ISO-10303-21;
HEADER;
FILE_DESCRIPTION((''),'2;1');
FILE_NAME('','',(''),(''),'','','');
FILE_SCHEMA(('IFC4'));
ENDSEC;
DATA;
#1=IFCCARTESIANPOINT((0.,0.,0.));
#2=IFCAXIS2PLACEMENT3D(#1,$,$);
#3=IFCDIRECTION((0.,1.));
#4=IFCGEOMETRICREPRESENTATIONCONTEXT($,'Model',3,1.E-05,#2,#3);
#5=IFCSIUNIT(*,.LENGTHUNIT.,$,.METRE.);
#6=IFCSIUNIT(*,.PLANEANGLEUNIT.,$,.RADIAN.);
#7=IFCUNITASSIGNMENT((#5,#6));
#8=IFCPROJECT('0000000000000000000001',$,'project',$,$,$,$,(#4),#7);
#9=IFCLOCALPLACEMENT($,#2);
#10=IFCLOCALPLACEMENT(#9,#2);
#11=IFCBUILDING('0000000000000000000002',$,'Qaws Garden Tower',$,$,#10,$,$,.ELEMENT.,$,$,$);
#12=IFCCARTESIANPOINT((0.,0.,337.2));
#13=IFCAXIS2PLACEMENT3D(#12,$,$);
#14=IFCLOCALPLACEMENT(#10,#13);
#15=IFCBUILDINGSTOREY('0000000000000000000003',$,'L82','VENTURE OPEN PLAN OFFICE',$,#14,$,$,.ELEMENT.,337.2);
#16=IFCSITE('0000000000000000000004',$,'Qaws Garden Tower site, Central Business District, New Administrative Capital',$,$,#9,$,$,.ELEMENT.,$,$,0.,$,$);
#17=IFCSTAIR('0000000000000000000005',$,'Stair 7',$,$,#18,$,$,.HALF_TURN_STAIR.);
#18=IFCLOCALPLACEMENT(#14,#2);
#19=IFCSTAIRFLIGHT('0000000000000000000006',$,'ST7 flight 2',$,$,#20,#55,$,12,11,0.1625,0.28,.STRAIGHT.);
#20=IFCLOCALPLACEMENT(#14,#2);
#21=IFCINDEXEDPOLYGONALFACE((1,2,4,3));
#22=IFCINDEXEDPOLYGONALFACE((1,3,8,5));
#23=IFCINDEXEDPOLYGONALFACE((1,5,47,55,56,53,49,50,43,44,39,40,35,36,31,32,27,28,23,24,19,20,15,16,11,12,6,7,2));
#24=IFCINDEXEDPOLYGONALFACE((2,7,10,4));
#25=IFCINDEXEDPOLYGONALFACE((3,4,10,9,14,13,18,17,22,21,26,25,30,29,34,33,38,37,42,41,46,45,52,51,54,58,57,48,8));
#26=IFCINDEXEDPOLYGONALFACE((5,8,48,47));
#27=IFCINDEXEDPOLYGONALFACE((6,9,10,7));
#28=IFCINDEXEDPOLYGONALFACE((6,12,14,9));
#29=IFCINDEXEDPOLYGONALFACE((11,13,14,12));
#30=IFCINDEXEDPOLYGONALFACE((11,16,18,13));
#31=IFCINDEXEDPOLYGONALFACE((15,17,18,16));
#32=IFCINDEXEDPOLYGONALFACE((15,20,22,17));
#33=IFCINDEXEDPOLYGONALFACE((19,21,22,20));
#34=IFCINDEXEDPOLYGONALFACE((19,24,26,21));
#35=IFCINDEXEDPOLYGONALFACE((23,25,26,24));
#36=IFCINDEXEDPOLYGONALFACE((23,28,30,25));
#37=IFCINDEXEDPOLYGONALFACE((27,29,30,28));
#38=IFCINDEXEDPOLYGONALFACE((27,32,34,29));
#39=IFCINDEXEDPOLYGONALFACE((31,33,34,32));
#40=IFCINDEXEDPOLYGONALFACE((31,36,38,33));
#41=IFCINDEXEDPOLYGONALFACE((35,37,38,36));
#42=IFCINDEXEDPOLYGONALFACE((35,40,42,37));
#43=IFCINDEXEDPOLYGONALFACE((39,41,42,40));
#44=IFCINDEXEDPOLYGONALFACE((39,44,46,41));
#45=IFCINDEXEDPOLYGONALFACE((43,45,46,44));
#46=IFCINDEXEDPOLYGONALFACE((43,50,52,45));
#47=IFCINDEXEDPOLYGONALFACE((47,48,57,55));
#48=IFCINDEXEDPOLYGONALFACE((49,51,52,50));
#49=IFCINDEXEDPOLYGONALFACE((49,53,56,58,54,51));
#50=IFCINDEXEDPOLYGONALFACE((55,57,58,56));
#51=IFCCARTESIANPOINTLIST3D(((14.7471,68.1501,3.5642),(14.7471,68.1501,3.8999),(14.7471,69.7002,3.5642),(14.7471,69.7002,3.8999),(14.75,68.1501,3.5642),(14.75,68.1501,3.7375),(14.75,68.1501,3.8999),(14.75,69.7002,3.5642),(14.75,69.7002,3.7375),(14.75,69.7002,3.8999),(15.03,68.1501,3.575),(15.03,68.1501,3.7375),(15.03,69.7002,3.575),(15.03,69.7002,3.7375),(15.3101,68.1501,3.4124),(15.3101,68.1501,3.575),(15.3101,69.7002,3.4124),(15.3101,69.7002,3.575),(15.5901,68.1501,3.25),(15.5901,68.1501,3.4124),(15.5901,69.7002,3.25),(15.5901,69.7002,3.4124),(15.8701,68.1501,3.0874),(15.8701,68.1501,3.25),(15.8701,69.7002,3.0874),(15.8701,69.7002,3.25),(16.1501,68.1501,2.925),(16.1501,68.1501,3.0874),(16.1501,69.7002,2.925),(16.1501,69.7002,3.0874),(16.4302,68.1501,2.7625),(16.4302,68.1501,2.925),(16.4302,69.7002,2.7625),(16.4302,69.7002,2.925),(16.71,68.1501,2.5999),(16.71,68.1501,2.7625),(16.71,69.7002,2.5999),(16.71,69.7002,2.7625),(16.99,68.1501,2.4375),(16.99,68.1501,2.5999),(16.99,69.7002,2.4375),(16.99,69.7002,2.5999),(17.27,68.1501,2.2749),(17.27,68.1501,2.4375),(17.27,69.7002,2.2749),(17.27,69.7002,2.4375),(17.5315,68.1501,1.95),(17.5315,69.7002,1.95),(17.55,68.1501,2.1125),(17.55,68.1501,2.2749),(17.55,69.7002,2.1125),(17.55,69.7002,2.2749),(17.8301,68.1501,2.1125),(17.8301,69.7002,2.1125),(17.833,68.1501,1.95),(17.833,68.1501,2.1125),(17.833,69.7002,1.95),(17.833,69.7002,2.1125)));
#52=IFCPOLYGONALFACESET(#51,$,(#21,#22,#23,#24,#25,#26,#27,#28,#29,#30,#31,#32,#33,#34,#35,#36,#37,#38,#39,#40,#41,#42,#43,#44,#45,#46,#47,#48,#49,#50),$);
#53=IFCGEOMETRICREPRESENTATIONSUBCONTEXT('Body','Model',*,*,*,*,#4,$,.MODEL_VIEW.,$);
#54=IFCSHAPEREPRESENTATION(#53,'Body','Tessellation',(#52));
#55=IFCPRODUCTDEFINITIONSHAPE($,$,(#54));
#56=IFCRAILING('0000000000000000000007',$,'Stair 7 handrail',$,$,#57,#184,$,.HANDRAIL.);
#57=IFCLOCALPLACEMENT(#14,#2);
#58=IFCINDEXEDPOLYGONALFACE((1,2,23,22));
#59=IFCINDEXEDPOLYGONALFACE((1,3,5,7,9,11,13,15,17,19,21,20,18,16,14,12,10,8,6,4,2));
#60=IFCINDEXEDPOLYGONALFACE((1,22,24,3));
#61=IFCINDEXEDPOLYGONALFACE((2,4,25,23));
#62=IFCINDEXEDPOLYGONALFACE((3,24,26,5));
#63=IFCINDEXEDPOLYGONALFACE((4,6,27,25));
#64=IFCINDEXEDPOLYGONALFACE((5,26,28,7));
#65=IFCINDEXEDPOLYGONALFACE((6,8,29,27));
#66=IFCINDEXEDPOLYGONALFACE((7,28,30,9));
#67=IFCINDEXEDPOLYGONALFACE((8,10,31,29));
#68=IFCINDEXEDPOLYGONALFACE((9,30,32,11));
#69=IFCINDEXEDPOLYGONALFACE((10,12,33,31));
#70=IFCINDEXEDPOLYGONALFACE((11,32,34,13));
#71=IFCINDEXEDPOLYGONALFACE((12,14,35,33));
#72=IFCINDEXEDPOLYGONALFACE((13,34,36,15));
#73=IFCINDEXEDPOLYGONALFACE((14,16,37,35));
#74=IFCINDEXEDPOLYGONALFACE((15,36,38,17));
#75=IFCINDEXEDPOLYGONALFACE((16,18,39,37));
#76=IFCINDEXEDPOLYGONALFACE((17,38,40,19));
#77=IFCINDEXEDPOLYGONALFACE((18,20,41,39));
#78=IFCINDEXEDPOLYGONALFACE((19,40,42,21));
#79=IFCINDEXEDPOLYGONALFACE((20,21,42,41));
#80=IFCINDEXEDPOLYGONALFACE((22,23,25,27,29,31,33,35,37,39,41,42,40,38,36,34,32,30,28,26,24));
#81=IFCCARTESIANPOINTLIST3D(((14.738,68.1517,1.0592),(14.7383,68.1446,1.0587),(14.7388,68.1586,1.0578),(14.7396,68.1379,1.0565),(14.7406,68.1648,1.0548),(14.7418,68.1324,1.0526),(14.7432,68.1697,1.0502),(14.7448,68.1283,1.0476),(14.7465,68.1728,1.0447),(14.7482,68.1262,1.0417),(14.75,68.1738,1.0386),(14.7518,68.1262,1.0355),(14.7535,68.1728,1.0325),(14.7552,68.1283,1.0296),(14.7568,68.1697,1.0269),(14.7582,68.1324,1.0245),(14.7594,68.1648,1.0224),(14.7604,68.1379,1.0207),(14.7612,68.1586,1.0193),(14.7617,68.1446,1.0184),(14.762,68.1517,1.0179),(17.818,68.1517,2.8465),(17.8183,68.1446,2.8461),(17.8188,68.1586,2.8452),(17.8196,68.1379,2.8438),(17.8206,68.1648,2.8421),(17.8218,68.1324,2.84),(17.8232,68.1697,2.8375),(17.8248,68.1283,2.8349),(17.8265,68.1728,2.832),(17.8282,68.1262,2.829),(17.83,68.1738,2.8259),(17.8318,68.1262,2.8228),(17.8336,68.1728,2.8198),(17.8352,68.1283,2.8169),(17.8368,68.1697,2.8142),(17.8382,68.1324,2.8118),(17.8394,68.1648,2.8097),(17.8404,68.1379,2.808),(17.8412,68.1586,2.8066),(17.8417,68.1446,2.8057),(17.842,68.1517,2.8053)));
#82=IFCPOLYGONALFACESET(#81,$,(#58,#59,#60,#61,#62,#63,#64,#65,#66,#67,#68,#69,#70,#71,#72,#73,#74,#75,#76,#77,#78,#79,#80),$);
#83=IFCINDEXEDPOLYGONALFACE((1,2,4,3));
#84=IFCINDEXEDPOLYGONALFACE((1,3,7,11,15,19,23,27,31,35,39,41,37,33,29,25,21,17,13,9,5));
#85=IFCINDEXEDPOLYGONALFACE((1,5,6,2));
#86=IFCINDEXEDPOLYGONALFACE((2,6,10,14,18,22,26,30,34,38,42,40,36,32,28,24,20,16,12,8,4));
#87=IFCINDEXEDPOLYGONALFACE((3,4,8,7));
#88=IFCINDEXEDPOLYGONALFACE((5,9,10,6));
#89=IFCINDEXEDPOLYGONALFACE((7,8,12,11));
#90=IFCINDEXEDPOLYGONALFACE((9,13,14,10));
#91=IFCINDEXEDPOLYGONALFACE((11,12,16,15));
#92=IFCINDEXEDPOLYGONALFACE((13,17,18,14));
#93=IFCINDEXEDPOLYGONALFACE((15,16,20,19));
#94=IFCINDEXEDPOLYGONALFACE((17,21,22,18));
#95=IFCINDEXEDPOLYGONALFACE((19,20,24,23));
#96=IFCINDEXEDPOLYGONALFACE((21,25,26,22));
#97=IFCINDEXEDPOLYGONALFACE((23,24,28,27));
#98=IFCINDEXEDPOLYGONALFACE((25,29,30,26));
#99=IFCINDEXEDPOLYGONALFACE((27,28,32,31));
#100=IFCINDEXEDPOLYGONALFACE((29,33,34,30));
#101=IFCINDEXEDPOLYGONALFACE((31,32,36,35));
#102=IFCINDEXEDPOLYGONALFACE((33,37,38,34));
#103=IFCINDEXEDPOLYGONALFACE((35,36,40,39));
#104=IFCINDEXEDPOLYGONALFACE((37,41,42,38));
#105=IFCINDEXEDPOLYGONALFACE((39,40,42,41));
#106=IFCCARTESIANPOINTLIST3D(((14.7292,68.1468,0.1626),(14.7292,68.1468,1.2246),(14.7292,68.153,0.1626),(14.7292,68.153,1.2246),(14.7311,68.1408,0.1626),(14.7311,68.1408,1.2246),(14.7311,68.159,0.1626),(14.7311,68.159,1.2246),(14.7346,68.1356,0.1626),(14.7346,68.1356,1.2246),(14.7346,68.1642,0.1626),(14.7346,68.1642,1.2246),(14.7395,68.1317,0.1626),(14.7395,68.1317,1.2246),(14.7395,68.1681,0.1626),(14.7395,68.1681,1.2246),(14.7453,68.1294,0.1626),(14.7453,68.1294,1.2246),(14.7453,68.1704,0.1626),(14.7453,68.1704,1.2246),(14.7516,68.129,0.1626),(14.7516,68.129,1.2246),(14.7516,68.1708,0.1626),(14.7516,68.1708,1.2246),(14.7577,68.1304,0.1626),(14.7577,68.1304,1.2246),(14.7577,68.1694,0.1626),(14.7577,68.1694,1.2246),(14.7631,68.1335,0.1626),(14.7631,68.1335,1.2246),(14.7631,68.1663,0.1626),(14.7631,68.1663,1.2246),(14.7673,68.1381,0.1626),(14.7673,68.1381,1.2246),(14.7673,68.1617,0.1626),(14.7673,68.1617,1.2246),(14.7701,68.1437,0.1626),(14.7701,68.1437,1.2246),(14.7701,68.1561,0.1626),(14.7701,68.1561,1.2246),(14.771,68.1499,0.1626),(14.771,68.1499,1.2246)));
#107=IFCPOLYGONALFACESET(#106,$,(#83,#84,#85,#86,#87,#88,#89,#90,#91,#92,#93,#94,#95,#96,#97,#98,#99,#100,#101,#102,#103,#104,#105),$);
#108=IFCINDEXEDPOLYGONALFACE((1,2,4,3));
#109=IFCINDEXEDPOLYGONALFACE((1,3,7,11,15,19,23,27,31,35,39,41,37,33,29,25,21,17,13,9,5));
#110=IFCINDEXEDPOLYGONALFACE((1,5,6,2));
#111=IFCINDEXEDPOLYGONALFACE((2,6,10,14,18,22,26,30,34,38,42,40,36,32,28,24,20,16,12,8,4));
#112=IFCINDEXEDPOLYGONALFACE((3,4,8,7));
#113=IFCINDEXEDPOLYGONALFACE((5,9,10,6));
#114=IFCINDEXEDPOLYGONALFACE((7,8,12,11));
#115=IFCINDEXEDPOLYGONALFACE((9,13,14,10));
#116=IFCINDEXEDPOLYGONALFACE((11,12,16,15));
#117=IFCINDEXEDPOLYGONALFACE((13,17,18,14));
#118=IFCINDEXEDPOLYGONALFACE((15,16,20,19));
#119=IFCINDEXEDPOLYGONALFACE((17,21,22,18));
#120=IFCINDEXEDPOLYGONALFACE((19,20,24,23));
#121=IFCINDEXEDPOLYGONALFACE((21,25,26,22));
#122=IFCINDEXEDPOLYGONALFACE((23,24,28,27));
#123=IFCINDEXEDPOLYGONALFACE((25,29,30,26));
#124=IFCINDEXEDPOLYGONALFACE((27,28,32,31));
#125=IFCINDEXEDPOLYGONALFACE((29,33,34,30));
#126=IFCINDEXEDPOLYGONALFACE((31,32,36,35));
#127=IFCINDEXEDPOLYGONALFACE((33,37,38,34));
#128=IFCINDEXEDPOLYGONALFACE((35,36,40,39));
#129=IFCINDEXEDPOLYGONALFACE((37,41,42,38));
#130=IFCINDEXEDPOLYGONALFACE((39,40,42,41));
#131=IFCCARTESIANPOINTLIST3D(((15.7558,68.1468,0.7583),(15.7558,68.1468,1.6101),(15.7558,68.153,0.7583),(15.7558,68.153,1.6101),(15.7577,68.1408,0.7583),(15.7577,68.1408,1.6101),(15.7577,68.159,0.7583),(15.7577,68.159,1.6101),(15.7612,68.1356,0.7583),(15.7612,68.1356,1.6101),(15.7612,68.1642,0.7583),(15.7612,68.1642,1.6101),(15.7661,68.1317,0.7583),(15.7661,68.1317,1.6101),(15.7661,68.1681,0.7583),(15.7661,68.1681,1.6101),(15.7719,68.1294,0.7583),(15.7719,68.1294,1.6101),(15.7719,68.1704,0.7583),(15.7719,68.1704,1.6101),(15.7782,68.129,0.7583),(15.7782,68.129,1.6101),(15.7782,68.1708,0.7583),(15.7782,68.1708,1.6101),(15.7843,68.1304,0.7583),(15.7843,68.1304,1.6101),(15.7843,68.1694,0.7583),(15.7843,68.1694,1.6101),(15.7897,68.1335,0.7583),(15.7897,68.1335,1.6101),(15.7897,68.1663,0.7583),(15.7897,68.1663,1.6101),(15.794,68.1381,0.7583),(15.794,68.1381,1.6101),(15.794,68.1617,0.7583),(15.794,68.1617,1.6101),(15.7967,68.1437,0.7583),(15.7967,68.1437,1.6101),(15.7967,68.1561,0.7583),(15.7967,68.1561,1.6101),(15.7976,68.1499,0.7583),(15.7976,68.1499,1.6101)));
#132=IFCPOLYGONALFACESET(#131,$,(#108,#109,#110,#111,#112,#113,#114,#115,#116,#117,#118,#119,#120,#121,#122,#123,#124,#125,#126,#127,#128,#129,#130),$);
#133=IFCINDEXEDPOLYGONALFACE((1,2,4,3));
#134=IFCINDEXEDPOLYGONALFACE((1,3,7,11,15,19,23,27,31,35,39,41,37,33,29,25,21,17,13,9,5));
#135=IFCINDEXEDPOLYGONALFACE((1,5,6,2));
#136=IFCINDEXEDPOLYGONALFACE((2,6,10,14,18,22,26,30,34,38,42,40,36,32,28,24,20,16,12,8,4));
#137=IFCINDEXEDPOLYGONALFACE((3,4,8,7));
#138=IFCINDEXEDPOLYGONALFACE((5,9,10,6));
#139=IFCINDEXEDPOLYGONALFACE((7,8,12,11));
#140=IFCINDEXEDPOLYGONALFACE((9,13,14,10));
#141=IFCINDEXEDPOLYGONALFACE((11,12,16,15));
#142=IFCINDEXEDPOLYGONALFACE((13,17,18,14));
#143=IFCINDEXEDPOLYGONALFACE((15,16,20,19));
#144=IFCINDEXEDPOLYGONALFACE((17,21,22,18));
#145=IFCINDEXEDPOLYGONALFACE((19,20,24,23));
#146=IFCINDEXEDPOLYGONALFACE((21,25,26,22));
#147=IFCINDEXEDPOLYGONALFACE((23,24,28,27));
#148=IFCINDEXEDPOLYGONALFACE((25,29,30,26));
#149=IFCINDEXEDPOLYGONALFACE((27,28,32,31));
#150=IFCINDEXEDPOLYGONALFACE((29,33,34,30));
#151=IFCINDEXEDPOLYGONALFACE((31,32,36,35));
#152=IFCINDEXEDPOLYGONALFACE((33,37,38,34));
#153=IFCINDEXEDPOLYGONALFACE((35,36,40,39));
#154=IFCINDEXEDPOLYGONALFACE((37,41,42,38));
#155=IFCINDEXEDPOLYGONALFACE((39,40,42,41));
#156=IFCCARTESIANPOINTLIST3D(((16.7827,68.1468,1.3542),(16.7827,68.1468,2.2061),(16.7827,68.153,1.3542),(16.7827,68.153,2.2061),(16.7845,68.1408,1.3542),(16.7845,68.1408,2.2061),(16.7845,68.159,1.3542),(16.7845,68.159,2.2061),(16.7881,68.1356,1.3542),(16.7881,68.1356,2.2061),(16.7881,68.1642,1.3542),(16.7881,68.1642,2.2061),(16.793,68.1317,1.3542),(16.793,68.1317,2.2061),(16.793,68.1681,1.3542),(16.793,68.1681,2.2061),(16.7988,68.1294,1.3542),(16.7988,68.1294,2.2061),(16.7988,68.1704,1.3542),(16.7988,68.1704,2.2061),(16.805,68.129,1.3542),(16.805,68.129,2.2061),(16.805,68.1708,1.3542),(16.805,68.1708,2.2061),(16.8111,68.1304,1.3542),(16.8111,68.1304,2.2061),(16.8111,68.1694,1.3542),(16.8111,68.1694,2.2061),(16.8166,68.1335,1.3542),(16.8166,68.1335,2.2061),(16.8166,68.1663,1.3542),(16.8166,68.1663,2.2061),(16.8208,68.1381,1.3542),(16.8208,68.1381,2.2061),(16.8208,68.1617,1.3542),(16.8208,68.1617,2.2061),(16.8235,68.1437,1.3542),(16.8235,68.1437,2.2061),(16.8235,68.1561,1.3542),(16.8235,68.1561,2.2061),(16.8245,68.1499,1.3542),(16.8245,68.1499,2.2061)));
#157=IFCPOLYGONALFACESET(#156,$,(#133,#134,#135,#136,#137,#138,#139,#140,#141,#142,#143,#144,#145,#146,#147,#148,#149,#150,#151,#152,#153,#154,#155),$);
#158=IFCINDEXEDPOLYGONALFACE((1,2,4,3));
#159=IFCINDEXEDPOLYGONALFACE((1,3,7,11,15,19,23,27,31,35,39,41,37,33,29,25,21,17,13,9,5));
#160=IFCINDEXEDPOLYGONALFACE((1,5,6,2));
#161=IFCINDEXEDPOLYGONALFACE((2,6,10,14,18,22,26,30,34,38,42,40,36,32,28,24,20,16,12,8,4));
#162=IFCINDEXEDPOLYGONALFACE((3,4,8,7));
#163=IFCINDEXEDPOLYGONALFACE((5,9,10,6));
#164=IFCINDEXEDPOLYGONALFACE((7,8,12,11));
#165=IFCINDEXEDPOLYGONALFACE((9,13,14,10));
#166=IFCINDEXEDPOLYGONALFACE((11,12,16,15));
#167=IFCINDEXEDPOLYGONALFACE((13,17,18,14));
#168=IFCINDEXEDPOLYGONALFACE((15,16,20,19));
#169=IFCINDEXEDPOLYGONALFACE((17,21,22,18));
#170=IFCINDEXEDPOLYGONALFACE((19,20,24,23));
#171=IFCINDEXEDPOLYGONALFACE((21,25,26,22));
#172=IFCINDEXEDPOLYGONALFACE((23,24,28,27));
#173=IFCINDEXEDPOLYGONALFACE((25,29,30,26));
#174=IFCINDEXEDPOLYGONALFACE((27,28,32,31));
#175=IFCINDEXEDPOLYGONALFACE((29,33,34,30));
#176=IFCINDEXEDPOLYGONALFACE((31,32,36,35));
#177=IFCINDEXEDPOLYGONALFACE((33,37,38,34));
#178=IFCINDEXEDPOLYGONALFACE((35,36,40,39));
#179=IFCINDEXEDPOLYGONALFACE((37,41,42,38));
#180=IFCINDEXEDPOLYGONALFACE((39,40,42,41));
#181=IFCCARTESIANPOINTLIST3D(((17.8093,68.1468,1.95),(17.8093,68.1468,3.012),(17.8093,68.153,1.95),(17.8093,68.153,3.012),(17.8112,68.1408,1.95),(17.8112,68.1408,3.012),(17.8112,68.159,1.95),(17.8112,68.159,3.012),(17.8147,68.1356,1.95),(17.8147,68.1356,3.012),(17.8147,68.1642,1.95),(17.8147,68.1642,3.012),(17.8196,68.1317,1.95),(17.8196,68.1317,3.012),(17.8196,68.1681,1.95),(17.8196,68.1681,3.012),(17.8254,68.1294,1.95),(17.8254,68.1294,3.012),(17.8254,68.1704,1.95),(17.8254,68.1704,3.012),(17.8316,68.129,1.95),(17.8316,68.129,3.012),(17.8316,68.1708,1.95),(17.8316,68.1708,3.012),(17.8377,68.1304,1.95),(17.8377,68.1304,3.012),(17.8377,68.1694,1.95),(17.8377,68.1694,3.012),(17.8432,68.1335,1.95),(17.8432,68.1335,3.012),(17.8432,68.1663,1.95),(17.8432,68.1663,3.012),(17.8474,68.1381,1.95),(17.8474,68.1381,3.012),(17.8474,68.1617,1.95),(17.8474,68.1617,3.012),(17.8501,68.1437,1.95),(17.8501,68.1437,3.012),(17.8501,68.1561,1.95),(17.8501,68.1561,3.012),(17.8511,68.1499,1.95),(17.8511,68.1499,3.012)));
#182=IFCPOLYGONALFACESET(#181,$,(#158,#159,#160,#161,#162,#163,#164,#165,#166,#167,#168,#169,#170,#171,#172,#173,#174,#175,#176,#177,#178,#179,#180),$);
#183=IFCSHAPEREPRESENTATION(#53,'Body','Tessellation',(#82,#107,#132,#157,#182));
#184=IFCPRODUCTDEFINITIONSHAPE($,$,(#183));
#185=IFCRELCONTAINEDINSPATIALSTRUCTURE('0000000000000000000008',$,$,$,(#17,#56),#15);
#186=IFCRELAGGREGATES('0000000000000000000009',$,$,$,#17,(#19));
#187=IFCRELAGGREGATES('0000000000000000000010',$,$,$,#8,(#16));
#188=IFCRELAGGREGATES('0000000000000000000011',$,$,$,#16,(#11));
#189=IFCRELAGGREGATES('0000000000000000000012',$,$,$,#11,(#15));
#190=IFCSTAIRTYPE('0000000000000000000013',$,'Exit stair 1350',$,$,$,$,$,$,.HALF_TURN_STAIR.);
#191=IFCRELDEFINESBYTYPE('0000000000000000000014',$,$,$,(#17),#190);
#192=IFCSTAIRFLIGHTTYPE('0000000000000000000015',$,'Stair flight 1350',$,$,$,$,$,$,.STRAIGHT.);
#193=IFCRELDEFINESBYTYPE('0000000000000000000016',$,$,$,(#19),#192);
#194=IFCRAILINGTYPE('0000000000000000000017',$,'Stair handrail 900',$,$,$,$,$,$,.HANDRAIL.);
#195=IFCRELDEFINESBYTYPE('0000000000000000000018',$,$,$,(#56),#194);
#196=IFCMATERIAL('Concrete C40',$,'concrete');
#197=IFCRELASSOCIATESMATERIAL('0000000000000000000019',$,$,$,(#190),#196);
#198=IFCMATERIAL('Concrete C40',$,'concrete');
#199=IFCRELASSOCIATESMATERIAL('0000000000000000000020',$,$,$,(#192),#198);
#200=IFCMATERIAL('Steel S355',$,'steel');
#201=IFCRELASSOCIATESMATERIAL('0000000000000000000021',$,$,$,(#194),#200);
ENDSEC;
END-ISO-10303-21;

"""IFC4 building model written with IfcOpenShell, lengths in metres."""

from ifc_helpers import new_model, si_unit, direction, frame, origin, origin_2d, place, context, subcontext, project, spatial, polyline, circle, outline, extrude, material, type_object, element, aggregate, save


model = new_model("IFC4")

# Units and contexts
model_context = context("Model", 3, precision=1e-05, world=origin(), true_north=direction((0.0, 1.0)))
body_context = subcontext(model_context, "Body", "Model", "MODEL_VIEW")
ifc_project = project(units=[si_unit("LENGTHUNIT", "METRE"), si_unit("PLANEANGLEUNIT", "RADIAN")], contexts=[model_context])

# Site, building, storey
site_placement = place(None, origin())
site = spatial("IfcSite", under=ifc_project, at=site_placement, Name="Qaws Garden Tower site, Central Business District, New Administrative Capital", CompositionType="ELEMENT", RefElevation=0.0)
building_placement = place(site_placement, origin())
building = spatial("IfcBuilding", under=site, at=building_placement, Name="Qaws Garden Tower", CompositionType="ELEMENT")
storey_placement = place(building_placement, frame((0.0, 0.0, 337.2)))
storey = spatial("IfcBuildingStorey", under=building, at=storey_placement, Name="L82", Description="VENTURE OPEN PLAN OFFICE", CompositionType="ELEMENT", Elevation=337.2)

# Stair, stair flight
ifc_material_1 = material(Name="Concrete C40", Category="concrete")
stair_type = type_object("IfcStairType", Name="Exit stair 1350", PredefinedType="HALF_TURN_STAIR", material=ifc_material_1)
stair_placement = place(storey_placement, origin())
stair = element("IfcStair", 1, at=stair_placement, inside=storey, type_object=stair_type, Name="Stair 7", PredefinedType="HALF_TURN_STAIR")
ifc_material_2 = material(Name="Concrete C40", Category="concrete")
stair_flight_type = type_object("IfcStairFlightType", Name="Stair flight 1350", PredefinedType="STRAIGHT", material=ifc_material_2)
stair_flight_1_placement = place(storey_placement, frame((17.8301, 68.925, 1.95), z_axis=(0.0, 0.0, 1.0), x_axis=(-1.0, 0.0, 0.0)))
stair_flight_1 = element("IfcStairFlight", 2, at=stair_flight_1_placement, type_object=stair_flight_type, Name="ST7 flight 2", NumberOfRisers=12, NumberOfTreads=11, PredefinedType="STRAIGHT", RiserHeight=0.1625, TreadLength=0.28, context=body_context, shape_type="SweptSolid", body=[
    extrude(outline(polyline([(-0.0029, 0.0), (-0.0029, 0.1626), (0.0, 0.1626), (0.28, 0.1626), (0.28, 0.325), (0.5601, 0.325), (0.5601, 0.4875), (0.8401, 0.4875), (0.8401, 0.6499), (1.1201, 0.6499), (1.1201, 0.8125), (1.3999, 0.8125), (1.3999, 0.9751), (1.6799, 0.9751), (1.6799, 1.1375), (1.96, 1.1375), (1.96, 1.3), (2.24, 1.3), (2.24, 1.4624), (2.52, 1.4624), (2.52, 1.625), (2.8, 1.625), (2.8, 1.7876), (3.0801, 1.7876), (3.0801, 1.95), (3.083, 1.95), (3.083, 1.6143), (3.0801, 1.6143), (0.2986, 0.0), (-0.0029, 0.0)])), frame((0.0, 0.7749, 0.0), z_axis=(0.0, -1.0, 0.0), x_axis=(1.0, 0.0, 0.0)), (0.0, 0.0, 1.0), 1.55),
])
aggregate(stair, [stair_flight_1])

# Railing
ifc_material_3 = material(Name="Steel S355", Category="steel")
railing_type = type_object("IfcRailingType", Name="Stair handrail 900", PredefinedType="HANDRAIL", material=ifc_material_3)
railing_1_placement = place(storey_placement, frame((14.75, 68.1499, 0.1626)))
element("IfcRailing", 3, at=railing_1_placement, inside=storey, type_object=railing_type, Name="Stair 7 handrail", PredefinedType="HANDRAIL", context=body_context, shape_type="SweptSolid", body=[
    extrude(circle(Radius=0.0239, at=origin_2d()), frame((0.0, 0.0, 0.876), z_axis=(0.86492, 0.0, 0.501909), x_axis=(0.0, 1.0, 0.0)), (0.0, 0.0, 1.0), 3.561),
    extrude(circle(Radius=0.021, at=origin_2d()), origin(), (0.0, 0.0, 1.0), 1.062),
    extrude(circle(Radius=0.021, at=origin_2d()), frame((1.0266, 0.0, 0.5957)), (0.0, 0.0, 1.0), 0.8518),
    extrude(circle(Radius=0.021, at=origin_2d()), frame((2.0535, 0.0, 1.1917)), (0.0, 0.0, 1.0), 0.8518),
    extrude(circle(Radius=0.021, at=origin_2d()), frame((3.0801, 0.0, 1.7874)), (0.0, 0.0, 1.0), 1.062),
])

save(model, "model.ifc")
